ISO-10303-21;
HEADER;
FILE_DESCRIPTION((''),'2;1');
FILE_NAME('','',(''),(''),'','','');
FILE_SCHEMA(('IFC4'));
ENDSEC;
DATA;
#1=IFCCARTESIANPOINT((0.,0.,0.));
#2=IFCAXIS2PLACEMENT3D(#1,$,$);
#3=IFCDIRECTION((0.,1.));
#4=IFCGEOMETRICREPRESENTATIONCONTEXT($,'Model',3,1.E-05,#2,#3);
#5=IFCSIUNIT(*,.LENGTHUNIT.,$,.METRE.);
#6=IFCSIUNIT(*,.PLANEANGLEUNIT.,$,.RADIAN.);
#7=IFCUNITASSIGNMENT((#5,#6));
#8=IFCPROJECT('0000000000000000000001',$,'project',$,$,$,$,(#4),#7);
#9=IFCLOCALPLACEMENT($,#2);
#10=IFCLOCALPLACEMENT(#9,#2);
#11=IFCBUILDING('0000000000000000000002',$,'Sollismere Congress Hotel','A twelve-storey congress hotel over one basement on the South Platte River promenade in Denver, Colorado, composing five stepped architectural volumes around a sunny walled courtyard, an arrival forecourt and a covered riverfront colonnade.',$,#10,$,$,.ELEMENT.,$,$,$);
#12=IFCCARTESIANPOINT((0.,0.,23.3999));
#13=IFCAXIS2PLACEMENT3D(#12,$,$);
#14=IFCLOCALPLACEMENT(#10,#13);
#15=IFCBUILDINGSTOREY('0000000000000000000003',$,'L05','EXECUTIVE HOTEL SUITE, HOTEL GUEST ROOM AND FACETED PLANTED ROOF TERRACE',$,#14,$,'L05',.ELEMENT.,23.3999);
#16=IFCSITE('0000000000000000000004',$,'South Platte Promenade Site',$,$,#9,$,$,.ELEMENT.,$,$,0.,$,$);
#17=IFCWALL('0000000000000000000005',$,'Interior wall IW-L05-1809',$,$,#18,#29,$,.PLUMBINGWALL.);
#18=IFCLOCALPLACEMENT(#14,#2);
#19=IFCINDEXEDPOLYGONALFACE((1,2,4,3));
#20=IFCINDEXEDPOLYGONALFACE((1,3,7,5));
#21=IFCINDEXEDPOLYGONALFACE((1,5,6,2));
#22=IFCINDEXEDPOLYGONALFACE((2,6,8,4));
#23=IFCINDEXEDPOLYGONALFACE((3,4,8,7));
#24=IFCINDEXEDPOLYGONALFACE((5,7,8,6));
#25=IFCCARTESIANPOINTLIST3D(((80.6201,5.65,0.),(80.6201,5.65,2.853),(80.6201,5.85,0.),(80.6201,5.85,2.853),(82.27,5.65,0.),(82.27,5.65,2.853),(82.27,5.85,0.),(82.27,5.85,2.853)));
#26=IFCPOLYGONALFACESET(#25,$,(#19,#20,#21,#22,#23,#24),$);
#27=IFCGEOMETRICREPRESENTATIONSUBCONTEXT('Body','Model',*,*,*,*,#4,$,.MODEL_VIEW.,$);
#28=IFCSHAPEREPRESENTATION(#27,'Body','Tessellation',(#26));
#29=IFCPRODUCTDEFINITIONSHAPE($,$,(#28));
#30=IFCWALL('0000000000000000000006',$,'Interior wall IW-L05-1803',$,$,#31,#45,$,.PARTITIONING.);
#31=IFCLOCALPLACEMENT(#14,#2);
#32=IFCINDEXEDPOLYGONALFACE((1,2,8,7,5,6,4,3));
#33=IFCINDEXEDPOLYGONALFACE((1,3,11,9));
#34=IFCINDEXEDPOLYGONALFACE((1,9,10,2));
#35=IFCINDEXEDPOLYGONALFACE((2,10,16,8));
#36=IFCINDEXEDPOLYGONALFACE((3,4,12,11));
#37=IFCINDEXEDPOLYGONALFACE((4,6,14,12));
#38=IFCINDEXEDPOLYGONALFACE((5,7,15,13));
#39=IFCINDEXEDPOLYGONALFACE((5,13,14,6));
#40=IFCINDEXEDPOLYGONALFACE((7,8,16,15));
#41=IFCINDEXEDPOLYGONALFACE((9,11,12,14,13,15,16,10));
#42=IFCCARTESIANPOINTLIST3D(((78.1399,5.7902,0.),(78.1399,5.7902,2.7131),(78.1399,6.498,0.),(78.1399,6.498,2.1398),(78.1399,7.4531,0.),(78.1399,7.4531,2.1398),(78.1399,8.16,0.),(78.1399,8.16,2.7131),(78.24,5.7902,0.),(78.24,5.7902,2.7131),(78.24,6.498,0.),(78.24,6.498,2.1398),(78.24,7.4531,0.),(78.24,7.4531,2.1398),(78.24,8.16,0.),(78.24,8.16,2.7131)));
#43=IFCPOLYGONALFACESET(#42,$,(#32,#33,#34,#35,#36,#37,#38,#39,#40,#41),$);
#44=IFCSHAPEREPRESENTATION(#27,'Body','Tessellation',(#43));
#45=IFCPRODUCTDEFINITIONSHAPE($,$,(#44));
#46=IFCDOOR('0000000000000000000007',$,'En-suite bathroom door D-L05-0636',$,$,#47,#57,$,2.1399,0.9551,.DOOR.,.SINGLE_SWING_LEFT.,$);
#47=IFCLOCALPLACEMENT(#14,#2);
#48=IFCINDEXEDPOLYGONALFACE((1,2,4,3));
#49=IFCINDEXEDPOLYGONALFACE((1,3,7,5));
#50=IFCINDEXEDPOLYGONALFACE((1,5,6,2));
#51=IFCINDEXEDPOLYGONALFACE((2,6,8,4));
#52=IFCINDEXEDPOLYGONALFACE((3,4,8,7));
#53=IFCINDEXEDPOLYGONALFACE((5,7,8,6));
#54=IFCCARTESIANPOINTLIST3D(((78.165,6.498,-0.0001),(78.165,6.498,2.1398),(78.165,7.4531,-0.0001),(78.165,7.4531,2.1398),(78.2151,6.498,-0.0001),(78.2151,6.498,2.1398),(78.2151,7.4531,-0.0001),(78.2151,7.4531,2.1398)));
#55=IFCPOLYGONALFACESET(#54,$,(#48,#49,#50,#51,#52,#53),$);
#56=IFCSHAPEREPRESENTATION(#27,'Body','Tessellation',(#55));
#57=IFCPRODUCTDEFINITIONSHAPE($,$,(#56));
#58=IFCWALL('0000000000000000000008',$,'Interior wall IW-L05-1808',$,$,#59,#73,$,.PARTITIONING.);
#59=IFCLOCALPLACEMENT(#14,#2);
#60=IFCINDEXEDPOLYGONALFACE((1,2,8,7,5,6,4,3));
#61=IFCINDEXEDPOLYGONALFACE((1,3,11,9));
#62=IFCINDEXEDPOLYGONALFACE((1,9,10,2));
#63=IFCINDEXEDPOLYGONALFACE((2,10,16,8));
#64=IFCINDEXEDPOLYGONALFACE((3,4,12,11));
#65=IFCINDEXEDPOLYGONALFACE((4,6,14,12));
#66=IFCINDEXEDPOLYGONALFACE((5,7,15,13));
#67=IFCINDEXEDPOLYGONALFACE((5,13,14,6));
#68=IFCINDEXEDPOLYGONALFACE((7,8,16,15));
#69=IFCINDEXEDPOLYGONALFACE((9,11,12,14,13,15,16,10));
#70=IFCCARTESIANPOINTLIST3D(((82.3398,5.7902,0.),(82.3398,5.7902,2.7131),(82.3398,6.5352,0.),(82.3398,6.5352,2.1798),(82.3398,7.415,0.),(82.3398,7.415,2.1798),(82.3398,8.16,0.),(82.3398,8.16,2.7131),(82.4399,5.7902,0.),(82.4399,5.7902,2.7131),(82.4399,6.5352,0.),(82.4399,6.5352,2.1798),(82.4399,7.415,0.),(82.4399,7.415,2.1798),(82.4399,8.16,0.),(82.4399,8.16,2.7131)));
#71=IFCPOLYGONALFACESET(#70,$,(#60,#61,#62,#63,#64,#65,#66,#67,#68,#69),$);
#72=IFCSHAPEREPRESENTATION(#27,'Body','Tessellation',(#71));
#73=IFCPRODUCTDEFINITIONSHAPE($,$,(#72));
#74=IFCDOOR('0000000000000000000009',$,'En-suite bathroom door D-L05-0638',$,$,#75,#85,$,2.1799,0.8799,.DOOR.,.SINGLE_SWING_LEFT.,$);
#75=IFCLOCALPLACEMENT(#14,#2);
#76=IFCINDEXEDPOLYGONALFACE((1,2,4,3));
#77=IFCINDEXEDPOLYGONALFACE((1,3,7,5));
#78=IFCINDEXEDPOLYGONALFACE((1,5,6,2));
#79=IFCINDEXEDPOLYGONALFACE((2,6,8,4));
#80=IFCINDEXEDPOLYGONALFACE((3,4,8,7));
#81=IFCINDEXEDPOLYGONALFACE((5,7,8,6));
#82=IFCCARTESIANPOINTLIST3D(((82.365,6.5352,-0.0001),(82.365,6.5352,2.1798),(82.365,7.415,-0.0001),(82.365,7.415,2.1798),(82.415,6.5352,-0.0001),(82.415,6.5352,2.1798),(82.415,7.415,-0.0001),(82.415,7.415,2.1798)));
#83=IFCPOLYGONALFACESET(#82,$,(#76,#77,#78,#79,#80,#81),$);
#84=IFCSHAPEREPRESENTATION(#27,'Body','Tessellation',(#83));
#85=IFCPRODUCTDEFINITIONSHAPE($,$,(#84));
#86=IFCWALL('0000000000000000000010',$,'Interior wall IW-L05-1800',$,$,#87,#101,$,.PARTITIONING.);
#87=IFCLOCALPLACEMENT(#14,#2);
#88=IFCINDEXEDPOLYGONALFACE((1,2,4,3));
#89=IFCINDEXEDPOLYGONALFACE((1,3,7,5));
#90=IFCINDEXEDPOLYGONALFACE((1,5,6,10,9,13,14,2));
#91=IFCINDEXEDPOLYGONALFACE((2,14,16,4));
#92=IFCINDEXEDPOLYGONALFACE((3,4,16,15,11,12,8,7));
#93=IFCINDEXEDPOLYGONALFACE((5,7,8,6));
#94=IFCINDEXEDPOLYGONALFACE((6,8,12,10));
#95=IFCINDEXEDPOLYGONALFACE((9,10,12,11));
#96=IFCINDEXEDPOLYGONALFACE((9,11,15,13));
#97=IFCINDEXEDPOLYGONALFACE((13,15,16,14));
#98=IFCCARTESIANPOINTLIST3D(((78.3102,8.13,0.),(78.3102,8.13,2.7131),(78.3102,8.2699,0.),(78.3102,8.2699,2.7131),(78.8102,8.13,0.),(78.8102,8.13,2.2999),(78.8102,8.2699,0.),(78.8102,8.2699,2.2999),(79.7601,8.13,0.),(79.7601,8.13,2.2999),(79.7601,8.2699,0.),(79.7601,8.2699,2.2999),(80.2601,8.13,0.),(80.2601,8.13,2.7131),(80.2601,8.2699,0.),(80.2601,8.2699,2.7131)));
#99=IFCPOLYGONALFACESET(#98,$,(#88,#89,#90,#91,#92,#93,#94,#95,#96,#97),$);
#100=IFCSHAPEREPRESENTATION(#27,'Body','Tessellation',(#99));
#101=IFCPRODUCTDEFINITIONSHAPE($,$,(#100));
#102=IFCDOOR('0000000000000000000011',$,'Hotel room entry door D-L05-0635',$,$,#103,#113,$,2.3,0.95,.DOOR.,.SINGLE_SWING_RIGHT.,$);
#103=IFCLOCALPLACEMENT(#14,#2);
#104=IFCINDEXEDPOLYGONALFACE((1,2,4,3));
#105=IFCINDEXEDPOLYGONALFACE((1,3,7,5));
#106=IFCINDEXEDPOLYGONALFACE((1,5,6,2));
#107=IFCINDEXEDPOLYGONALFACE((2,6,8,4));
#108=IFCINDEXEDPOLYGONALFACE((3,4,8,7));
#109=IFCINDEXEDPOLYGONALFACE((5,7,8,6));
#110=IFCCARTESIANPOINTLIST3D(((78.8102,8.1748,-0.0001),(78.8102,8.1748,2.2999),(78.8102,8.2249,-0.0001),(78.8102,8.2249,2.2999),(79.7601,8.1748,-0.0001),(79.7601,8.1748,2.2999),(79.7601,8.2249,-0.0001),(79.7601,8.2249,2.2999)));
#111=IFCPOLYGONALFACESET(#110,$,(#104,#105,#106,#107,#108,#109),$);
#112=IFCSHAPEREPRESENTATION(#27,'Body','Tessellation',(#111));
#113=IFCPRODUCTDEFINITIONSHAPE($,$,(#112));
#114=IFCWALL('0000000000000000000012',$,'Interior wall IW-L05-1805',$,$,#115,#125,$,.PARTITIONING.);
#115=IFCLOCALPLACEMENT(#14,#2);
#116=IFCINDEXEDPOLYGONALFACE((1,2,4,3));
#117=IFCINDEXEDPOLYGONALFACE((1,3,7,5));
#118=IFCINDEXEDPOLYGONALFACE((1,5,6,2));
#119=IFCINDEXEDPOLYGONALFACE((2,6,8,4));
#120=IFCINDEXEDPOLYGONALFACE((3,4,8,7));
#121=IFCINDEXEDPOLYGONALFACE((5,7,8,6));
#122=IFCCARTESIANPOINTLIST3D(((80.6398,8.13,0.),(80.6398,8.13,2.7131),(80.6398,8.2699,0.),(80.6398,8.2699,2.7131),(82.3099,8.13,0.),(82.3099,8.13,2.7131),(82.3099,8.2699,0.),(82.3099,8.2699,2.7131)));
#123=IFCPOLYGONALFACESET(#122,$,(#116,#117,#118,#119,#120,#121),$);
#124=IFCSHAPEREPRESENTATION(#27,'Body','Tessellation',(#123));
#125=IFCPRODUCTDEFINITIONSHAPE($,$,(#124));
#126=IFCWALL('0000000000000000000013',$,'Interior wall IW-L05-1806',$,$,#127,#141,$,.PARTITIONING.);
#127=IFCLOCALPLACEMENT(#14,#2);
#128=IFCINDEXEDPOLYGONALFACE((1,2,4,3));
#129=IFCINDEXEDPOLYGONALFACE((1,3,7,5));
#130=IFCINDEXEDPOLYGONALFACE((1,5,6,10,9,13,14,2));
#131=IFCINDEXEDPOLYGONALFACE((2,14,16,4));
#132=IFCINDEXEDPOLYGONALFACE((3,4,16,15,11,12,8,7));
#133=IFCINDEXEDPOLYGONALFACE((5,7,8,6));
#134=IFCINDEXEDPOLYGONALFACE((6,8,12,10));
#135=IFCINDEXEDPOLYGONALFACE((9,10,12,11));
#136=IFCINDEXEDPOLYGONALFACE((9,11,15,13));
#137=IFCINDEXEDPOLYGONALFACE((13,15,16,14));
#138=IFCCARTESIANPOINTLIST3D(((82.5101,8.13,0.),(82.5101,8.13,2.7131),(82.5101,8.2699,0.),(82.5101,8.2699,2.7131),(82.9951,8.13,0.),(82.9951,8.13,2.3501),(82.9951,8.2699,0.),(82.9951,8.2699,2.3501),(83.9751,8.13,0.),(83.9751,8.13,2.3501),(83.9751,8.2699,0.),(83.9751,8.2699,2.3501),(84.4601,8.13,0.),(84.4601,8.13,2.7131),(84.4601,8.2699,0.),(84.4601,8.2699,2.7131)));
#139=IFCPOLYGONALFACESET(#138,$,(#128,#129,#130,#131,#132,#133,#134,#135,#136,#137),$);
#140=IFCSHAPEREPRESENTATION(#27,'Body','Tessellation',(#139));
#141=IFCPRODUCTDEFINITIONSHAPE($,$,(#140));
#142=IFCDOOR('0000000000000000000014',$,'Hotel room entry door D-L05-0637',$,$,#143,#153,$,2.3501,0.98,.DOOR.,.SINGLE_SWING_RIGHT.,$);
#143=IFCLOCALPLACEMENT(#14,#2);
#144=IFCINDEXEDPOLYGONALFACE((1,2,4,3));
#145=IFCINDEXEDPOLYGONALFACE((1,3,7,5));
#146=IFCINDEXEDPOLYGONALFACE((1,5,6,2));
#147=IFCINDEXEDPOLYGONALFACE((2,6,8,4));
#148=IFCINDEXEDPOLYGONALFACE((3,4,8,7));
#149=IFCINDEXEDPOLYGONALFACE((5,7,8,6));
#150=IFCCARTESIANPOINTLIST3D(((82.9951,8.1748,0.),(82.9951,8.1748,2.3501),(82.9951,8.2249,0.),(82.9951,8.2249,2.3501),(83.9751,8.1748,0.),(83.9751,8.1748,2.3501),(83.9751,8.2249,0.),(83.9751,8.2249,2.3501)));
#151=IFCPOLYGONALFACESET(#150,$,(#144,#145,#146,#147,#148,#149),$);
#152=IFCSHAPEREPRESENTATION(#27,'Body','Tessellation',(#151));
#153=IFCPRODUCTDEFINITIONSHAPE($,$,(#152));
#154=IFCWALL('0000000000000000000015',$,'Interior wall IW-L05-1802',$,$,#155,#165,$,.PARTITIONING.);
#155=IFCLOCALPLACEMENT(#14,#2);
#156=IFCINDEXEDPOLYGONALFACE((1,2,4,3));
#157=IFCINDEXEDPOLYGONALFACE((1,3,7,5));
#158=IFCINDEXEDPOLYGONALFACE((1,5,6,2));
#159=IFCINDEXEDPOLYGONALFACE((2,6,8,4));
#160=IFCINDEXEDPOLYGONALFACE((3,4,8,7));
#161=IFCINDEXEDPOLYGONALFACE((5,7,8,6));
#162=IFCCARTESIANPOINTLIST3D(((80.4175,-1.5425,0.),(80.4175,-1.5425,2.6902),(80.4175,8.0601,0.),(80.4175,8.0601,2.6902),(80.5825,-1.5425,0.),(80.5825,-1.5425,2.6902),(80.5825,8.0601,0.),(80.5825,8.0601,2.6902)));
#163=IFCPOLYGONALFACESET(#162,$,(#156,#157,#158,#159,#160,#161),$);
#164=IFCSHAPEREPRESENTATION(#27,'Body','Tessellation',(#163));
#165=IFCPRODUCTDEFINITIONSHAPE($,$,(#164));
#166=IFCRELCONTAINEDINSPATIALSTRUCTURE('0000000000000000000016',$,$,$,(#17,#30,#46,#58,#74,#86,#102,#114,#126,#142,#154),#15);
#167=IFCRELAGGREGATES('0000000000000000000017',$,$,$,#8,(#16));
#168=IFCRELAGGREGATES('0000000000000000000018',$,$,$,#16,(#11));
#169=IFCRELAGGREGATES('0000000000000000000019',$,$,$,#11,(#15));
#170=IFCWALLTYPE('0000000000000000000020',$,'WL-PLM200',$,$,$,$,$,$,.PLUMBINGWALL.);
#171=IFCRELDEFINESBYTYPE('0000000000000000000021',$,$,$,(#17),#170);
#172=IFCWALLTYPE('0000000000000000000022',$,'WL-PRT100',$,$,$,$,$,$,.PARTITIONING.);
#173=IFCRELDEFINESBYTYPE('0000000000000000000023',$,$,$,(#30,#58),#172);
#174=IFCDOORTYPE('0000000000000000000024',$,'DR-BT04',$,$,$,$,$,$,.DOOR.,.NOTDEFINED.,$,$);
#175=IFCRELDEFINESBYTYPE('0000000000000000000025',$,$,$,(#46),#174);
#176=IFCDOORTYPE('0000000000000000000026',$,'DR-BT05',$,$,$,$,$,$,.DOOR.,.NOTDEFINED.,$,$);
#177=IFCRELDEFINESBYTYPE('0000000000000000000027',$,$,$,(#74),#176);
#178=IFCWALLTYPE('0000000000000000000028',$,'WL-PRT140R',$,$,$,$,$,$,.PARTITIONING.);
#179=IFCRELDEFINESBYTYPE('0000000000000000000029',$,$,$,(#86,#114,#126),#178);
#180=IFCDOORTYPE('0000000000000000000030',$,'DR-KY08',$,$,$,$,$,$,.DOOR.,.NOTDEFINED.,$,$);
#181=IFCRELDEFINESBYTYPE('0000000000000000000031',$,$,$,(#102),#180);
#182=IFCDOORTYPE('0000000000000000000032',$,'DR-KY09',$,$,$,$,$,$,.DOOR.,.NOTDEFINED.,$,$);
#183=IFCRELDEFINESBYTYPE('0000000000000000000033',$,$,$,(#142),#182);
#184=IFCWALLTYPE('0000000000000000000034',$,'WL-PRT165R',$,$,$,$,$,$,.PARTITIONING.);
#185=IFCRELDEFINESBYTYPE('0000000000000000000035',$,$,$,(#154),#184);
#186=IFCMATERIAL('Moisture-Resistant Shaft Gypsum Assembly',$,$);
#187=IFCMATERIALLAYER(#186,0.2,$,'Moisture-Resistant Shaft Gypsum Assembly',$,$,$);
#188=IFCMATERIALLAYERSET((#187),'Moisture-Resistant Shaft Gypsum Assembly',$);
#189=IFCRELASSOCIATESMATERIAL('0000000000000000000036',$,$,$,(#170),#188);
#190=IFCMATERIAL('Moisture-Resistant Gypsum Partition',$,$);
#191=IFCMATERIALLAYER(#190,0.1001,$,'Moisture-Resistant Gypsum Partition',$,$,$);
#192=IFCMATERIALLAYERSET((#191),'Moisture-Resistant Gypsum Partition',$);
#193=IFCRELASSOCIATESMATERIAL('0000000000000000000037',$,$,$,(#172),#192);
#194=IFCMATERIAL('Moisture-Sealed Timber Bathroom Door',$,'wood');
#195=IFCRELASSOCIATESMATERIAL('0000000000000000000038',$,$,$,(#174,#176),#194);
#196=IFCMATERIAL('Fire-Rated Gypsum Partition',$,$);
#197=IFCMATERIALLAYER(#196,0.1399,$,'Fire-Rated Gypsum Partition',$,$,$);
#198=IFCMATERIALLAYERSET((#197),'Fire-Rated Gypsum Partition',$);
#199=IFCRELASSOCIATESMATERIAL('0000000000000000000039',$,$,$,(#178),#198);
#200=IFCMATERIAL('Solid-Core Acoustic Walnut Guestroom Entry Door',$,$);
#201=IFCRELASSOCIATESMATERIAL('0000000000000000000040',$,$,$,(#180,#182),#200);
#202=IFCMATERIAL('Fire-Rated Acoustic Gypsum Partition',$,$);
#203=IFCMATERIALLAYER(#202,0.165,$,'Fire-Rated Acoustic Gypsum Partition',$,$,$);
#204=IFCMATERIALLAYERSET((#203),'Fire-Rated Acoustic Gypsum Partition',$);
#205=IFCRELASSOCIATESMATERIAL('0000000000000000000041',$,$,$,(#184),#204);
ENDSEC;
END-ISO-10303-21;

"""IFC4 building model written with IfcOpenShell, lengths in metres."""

from ifc_helpers import new_model, si_unit, direction, frame, frame_2d, origin, place, context, subcontext, project, spatial, rectangle, extrude, material, layer, layer_set, type_object, element, fill, save


model = new_model("IFC4")

# Units and contexts
model_context = context("Model", 3, precision=1e-05, world=origin(), true_north=direction((0.0, 1.0)))
body_context = subcontext(model_context, "Body", "Model", "MODEL_VIEW")
ifc_project = project(units=[si_unit("LENGTHUNIT", "METRE"), si_unit("PLANEANGLEUNIT", "RADIAN")], contexts=[model_context])

# Site, building, storey
site_placement = place(None, origin())
site = spatial("IfcSite", under=ifc_project, at=site_placement, Name="South Platte Promenade Site", CompositionType="ELEMENT", RefElevation=0.0)
building_placement = place(site_placement, origin())
building = spatial("IfcBuilding", under=site, at=building_placement, Name="Sollismere Congress Hotel", Description="A twelve-storey congress hotel over one basement on the South Platte River promenade in Denver, Colorado, composing five stepped architectural volumes around a sunny walled courtyard, an arrival forecourt and a covered riverfront colonnade.", CompositionType="ELEMENT")
storey_placement = place(building_placement, frame((0.0, 0.0, 23.3999)))
storey = spatial("IfcBuildingStorey", under=building, at=storey_placement, Name="L05", Description="EXECUTIVE HOTEL SUITE, HOTEL GUEST ROOM AND FACETED PLANTED ROOF TERRACE", LongName="L05", CompositionType="ELEMENT", Elevation=23.3999)

# Wall
ifc_material_1 = material(Name="Moisture-Resistant Shaft Gypsum Assembly")
ifc_layer_1 = layer(ifc_material_1, 0.2, Name="Moisture-Resistant Shaft Gypsum Assembly")
ifc_layer_set_1 = layer_set([ifc_layer_1], Name="Moisture-Resistant Shaft Gypsum Assembly")
wall_type_1 = type_object("IfcWallType", Name="WL-PLM200", PredefinedType="PLUMBINGWALL", material=ifc_layer_set_1)
wall_1_placement = place(storey_placement, frame((80.6201, 5.75, 0.0), z_axis=(0.0, 0.0, 1.0), x_axis=(1.0, 0.0, 0.0)))
element("IfcWall", 1, at=wall_1_placement, inside=storey, type_object=wall_type_1, Name="Interior wall IW-L05-1809", PredefinedType="PLUMBINGWALL", context=body_context, shape_type="SweptSolid", body=[
    extrude(rectangle(XDim=1.6499, YDim=0.2, at=frame_2d((0.825, 0.0))), origin(), (0.0, 0.0, 1.0), 2.853),
])

# Walls, openings, doors
ifc_material_2 = material(Name="Moisture-Resistant Gypsum Partition")
ifc_layer_2 = layer(ifc_material_2, 0.1001, Name="Moisture-Resistant Gypsum Partition")
ifc_layer_set_2 = layer_set([ifc_layer_2], Name="Moisture-Resistant Gypsum Partition")
wall_type_2 = type_object("IfcWallType", Name="WL-PRT100", PredefinedType="PARTITIONING", material=ifc_layer_set_2)
wall_2_placement = place(storey_placement, frame((78.1899, 5.79, 0.0), z_axis=(0.0, 0.0, 1.0), x_axis=(0.0, 1.0, 0.0)))
wall_2 = element("IfcWall", 2, at=wall_2_placement, inside=storey, type_object=wall_type_2, Name="Interior wall IW-L05-1803", PredefinedType="PARTITIONING", context=body_context, shape_type="SweptSolid", body=[
    extrude(rectangle(XDim=2.3699, YDim=0.1001, at=frame_2d((1.1851, 0.0))), origin(), (0.0, 0.0, 1.0), 2.7131),
])
opening_1_placement = place(wall_2_placement, frame((0.708, 0.0, 0.0)))
opening_1 = element("IfcOpeningElement", 3, at=opening_1_placement, cuts=wall_2, PredefinedType="OPENING", context=body_context, shape_type="SweptSolid", body=[
    extrude(rectangle(XDim=0.9551, YDim=2.1399, at=frame_2d((0.4775, 1.0698))), frame((0.0, 0.0601, 0.0), z_axis=(0.0, -1.0, 0.0), x_axis=(1.0, 0.0, 0.0)), (0.0, 0.0, 1.0), 0.1201),
])
ifc_material_3 = material(Name="Moisture-Sealed Timber Bathroom Door", Category="wood")
door_type_1 = type_object("IfcDoorType", Name="DR-BT04", OperationType="NOTDEFINED", PredefinedType="DOOR", material=ifc_material_3)
door_1_placement = place(opening_1_placement, origin())
door_1 = element("IfcDoor", 4, at=door_1_placement, inside=storey, type_object=door_type_1, Name="En-suite bathroom door D-L05-0636", OperationType="SINGLE_SWING_LEFT", OverallHeight=2.1399, OverallWidth=0.9551, PredefinedType="DOOR", context=body_context, shape_type="SweptSolid", body=[
    extrude(rectangle(XDim=0.9551, YDim=2.1399, at=frame_2d((0.4775, 1.0698))), frame((0.0, 0.0249, 0.0), z_axis=(0.0, -1.0, 0.0), x_axis=(1.0, 0.0, 0.0)), (0.0, 0.0, 1.0), 0.05),
])
fill(opening_1, door_1)
wall_3_placement = place(storey_placement, frame((82.3899, 5.79, 0.0), z_axis=(0.0, 0.0, 1.0), x_axis=(0.0, 1.0, 0.0)))
wall_3 = element("IfcWall", 5, at=wall_3_placement, inside=storey, type_object=wall_type_2, Name="Interior wall IW-L05-1808", PredefinedType="PARTITIONING", context=body_context, shape_type="SweptSolid", body=[
    extrude(rectangle(XDim=2.3699, YDim=0.1001, at=frame_2d((1.1851, 0.0))), origin(), (0.0, 0.0, 1.0), 2.7131),
])
opening_2_placement = place(wall_3_placement, frame((0.7451, 0.0, 0.0)))
opening_2 = element("IfcOpeningElement", 6, at=opening_2_placement, cuts=wall_3, PredefinedType="OPENING", context=body_context, shape_type="SweptSolid", body=[
    extrude(rectangle(XDim=0.8799, YDim=2.1799, at=frame_2d((0.4399, 1.0898))), frame((0.0, 0.0601, 0.0), z_axis=(0.0, -1.0, 0.0), x_axis=(1.0, 0.0, 0.0)), (0.0, 0.0, 1.0), 0.1201),
])
door_type_2 = type_object("IfcDoorType", Name="DR-BT05", OperationType="NOTDEFINED", PredefinedType="DOOR", material=ifc_material_3)
door_2_placement = place(opening_2_placement, origin())
door_2 = element("IfcDoor", 7, at=door_2_placement, inside=storey, type_object=door_type_2, Name="En-suite bathroom door D-L05-0638", OperationType="SINGLE_SWING_LEFT", OverallHeight=2.1799, OverallWidth=0.8799, PredefinedType="DOOR", context=body_context, shape_type="SweptSolid", body=[
    extrude(rectangle(XDim=0.8799, YDim=2.1799, at=frame_2d((0.4399, 1.0898))), frame((0.0, 0.0249, 0.0), z_axis=(0.0, -1.0, 0.0), x_axis=(1.0, 0.0, 0.0)), (0.0, 0.0, 1.0), 0.05),
])
fill(opening_2, door_2)
ifc_material_4 = material(Name="Fire-Rated Gypsum Partition")
ifc_layer_3 = layer(ifc_material_4, 0.1399, Name="Fire-Rated Gypsum Partition")
ifc_layer_set_3 = layer_set([ifc_layer_3], Name="Fire-Rated Gypsum Partition")
wall_type_3 = type_object("IfcWallType", Name="WL-PRT140R", PredefinedType="PARTITIONING", material=ifc_layer_set_3)
wall_4_placement = place(storey_placement, frame((78.3101, 8.2, 0.0), z_axis=(0.0, 0.0, 1.0), x_axis=(1.0, 0.0, 0.0)))
wall_4 = element("IfcWall", 8, at=wall_4_placement, inside=storey, type_object=wall_type_3, Name="Interior wall IW-L05-1800", PredefinedType="PARTITIONING", context=body_context, shape_type="SweptSolid", body=[
    extrude(rectangle(XDim=1.95, YDim=0.1399, at=frame_2d((0.9751, 0.0))), origin(), (0.0, 0.0, 1.0), 2.7131),
])
opening_3_placement = place(wall_4_placement, frame((0.5, 0.0, 0.0)))
opening_3 = element("IfcOpeningElement", 9, at=opening_3_placement, cuts=wall_4, PredefinedType="OPENING", context=body_context, shape_type="SweptSolid", body=[
    extrude(rectangle(XDim=0.95, YDim=2.3, at=frame_2d((0.4751, 1.1499))), frame((0.0, 0.0798, 0.0), z_axis=(0.0, -1.0, 0.0), x_axis=(1.0, 0.0, 0.0)), (0.0, 0.0, 1.0), 0.1599),
])
ifc_material_5 = material(Name="Solid-Core Acoustic Walnut Guestroom Entry Door")
door_type_3 = type_object("IfcDoorType", Name="DR-KY08", OperationType="NOTDEFINED", PredefinedType="DOOR", material=ifc_material_5)
door_3_placement = place(opening_3_placement, origin())
door_3 = element("IfcDoor", 10, at=door_3_placement, inside=storey, type_object=door_type_3, Name="Hotel room entry door D-L05-0635", OperationType="SINGLE_SWING_RIGHT", OverallHeight=2.3, OverallWidth=0.95, PredefinedType="DOOR", context=body_context, shape_type="SweptSolid", body=[
    extrude(rectangle(XDim=0.95, YDim=2.3, at=frame_2d((0.4751, 1.1499))), frame((0.0, 0.0249, 0.0), z_axis=(0.0, -1.0, 0.0), x_axis=(1.0, 0.0, 0.0)), (0.0, 0.0, 1.0), 0.05),
])
fill(opening_3, door_3)

# Wall
wall_5_placement = place(storey_placement, frame((80.6399, 8.2, 0.0), z_axis=(0.0, 0.0, 1.0), x_axis=(1.0, 0.0, 0.0)))
element("IfcWall", 11, at=wall_5_placement, inside=storey, type_object=wall_type_3, Name="Interior wall IW-L05-1805", PredefinedType="PARTITIONING", context=body_context, shape_type="SweptSolid", body=[
    extrude(rectangle(XDim=1.6702, YDim=0.1399, at=frame_2d((0.835, 0.0))), origin(), (0.0, 0.0, 1.0), 2.7131),
])

# Wall, opening, door
wall_6_placement = place(storey_placement, frame((82.51, 8.2, 0.0), z_axis=(0.0, 0.0, 1.0), x_axis=(1.0, 0.0, 0.0)))
wall_6 = element("IfcWall", 12, at=wall_6_placement, inside=storey, type_object=wall_type_3, Name="Interior wall IW-L05-1806", PredefinedType="PARTITIONING", context=body_context, shape_type="SweptSolid", body=[
    extrude(rectangle(XDim=1.95, YDim=0.1399, at=frame_2d((0.9751, 0.0))), origin(), (0.0, 0.0, 1.0), 2.7131),
])
opening_4_placement = place(wall_6_placement, frame((0.4851, 0.0, 0.0)))
opening_4 = element("IfcOpeningElement", 13, at=opening_4_placement, cuts=wall_6, PredefinedType="OPENING", context=body_context, shape_type="SweptSolid", body=[
    extrude(rectangle(XDim=0.98, YDim=2.3501, at=frame_2d((0.49, 1.175))), frame((0.0, 0.0798, 0.0), z_axis=(0.0, -1.0, 0.0), x_axis=(1.0, 0.0, 0.0)), (0.0, 0.0, 1.0), 0.1599),
])
door_type_4 = type_object("IfcDoorType", Name="DR-KY09", OperationType="NOTDEFINED", PredefinedType="DOOR", material=ifc_material_5)
door_4_placement = place(opening_4_placement, origin())
door_4 = element("IfcDoor", 14, at=door_4_placement, inside=storey, type_object=door_type_4, Name="Hotel room entry door D-L05-0637", OperationType="SINGLE_SWING_RIGHT", OverallHeight=2.3501, OverallWidth=0.98, PredefinedType="DOOR", context=body_context, shape_type="SweptSolid", body=[
    extrude(rectangle(XDim=0.98, YDim=2.3501, at=frame_2d((0.49, 1.175))), frame((0.0, 0.0249, 0.0), z_axis=(0.0, -1.0, 0.0), x_axis=(1.0, 0.0, 0.0)), (0.0, 0.0, 1.0), 0.05),
])
fill(opening_4, door_4)

# Wall
ifc_material_6 = material(Name="Fire-Rated Acoustic Gypsum Partition")
ifc_layer_4 = layer(ifc_material_6, 0.165, Name="Fire-Rated Acoustic Gypsum Partition")
ifc_layer_set_4 = layer_set([ifc_layer_4], Name="Fire-Rated Acoustic Gypsum Partition")
wall_type_4 = type_object("IfcWallType", Name="WL-PRT165R", PredefinedType="PARTITIONING", material=ifc_layer_set_4)
wall_7_placement = place(storey_placement, frame((80.5, -1.5425, 0.0), z_axis=(0.0, 0.0, 1.0), x_axis=(0.0, 1.0, 0.0)))
element("IfcWall", 15, at=wall_7_placement, inside=storey, type_object=wall_type_4, Name="Interior wall IW-L05-1802", PredefinedType="PARTITIONING", context=body_context, shape_type="SweptSolid", body=[
    extrude(rectangle(XDim=9.6025, YDim=0.165, at=frame_2d((4.8013, 0.0))), origin(), (0.0, 0.0, 1.0), 2.6902),
])

save(model, "model.ifc")
